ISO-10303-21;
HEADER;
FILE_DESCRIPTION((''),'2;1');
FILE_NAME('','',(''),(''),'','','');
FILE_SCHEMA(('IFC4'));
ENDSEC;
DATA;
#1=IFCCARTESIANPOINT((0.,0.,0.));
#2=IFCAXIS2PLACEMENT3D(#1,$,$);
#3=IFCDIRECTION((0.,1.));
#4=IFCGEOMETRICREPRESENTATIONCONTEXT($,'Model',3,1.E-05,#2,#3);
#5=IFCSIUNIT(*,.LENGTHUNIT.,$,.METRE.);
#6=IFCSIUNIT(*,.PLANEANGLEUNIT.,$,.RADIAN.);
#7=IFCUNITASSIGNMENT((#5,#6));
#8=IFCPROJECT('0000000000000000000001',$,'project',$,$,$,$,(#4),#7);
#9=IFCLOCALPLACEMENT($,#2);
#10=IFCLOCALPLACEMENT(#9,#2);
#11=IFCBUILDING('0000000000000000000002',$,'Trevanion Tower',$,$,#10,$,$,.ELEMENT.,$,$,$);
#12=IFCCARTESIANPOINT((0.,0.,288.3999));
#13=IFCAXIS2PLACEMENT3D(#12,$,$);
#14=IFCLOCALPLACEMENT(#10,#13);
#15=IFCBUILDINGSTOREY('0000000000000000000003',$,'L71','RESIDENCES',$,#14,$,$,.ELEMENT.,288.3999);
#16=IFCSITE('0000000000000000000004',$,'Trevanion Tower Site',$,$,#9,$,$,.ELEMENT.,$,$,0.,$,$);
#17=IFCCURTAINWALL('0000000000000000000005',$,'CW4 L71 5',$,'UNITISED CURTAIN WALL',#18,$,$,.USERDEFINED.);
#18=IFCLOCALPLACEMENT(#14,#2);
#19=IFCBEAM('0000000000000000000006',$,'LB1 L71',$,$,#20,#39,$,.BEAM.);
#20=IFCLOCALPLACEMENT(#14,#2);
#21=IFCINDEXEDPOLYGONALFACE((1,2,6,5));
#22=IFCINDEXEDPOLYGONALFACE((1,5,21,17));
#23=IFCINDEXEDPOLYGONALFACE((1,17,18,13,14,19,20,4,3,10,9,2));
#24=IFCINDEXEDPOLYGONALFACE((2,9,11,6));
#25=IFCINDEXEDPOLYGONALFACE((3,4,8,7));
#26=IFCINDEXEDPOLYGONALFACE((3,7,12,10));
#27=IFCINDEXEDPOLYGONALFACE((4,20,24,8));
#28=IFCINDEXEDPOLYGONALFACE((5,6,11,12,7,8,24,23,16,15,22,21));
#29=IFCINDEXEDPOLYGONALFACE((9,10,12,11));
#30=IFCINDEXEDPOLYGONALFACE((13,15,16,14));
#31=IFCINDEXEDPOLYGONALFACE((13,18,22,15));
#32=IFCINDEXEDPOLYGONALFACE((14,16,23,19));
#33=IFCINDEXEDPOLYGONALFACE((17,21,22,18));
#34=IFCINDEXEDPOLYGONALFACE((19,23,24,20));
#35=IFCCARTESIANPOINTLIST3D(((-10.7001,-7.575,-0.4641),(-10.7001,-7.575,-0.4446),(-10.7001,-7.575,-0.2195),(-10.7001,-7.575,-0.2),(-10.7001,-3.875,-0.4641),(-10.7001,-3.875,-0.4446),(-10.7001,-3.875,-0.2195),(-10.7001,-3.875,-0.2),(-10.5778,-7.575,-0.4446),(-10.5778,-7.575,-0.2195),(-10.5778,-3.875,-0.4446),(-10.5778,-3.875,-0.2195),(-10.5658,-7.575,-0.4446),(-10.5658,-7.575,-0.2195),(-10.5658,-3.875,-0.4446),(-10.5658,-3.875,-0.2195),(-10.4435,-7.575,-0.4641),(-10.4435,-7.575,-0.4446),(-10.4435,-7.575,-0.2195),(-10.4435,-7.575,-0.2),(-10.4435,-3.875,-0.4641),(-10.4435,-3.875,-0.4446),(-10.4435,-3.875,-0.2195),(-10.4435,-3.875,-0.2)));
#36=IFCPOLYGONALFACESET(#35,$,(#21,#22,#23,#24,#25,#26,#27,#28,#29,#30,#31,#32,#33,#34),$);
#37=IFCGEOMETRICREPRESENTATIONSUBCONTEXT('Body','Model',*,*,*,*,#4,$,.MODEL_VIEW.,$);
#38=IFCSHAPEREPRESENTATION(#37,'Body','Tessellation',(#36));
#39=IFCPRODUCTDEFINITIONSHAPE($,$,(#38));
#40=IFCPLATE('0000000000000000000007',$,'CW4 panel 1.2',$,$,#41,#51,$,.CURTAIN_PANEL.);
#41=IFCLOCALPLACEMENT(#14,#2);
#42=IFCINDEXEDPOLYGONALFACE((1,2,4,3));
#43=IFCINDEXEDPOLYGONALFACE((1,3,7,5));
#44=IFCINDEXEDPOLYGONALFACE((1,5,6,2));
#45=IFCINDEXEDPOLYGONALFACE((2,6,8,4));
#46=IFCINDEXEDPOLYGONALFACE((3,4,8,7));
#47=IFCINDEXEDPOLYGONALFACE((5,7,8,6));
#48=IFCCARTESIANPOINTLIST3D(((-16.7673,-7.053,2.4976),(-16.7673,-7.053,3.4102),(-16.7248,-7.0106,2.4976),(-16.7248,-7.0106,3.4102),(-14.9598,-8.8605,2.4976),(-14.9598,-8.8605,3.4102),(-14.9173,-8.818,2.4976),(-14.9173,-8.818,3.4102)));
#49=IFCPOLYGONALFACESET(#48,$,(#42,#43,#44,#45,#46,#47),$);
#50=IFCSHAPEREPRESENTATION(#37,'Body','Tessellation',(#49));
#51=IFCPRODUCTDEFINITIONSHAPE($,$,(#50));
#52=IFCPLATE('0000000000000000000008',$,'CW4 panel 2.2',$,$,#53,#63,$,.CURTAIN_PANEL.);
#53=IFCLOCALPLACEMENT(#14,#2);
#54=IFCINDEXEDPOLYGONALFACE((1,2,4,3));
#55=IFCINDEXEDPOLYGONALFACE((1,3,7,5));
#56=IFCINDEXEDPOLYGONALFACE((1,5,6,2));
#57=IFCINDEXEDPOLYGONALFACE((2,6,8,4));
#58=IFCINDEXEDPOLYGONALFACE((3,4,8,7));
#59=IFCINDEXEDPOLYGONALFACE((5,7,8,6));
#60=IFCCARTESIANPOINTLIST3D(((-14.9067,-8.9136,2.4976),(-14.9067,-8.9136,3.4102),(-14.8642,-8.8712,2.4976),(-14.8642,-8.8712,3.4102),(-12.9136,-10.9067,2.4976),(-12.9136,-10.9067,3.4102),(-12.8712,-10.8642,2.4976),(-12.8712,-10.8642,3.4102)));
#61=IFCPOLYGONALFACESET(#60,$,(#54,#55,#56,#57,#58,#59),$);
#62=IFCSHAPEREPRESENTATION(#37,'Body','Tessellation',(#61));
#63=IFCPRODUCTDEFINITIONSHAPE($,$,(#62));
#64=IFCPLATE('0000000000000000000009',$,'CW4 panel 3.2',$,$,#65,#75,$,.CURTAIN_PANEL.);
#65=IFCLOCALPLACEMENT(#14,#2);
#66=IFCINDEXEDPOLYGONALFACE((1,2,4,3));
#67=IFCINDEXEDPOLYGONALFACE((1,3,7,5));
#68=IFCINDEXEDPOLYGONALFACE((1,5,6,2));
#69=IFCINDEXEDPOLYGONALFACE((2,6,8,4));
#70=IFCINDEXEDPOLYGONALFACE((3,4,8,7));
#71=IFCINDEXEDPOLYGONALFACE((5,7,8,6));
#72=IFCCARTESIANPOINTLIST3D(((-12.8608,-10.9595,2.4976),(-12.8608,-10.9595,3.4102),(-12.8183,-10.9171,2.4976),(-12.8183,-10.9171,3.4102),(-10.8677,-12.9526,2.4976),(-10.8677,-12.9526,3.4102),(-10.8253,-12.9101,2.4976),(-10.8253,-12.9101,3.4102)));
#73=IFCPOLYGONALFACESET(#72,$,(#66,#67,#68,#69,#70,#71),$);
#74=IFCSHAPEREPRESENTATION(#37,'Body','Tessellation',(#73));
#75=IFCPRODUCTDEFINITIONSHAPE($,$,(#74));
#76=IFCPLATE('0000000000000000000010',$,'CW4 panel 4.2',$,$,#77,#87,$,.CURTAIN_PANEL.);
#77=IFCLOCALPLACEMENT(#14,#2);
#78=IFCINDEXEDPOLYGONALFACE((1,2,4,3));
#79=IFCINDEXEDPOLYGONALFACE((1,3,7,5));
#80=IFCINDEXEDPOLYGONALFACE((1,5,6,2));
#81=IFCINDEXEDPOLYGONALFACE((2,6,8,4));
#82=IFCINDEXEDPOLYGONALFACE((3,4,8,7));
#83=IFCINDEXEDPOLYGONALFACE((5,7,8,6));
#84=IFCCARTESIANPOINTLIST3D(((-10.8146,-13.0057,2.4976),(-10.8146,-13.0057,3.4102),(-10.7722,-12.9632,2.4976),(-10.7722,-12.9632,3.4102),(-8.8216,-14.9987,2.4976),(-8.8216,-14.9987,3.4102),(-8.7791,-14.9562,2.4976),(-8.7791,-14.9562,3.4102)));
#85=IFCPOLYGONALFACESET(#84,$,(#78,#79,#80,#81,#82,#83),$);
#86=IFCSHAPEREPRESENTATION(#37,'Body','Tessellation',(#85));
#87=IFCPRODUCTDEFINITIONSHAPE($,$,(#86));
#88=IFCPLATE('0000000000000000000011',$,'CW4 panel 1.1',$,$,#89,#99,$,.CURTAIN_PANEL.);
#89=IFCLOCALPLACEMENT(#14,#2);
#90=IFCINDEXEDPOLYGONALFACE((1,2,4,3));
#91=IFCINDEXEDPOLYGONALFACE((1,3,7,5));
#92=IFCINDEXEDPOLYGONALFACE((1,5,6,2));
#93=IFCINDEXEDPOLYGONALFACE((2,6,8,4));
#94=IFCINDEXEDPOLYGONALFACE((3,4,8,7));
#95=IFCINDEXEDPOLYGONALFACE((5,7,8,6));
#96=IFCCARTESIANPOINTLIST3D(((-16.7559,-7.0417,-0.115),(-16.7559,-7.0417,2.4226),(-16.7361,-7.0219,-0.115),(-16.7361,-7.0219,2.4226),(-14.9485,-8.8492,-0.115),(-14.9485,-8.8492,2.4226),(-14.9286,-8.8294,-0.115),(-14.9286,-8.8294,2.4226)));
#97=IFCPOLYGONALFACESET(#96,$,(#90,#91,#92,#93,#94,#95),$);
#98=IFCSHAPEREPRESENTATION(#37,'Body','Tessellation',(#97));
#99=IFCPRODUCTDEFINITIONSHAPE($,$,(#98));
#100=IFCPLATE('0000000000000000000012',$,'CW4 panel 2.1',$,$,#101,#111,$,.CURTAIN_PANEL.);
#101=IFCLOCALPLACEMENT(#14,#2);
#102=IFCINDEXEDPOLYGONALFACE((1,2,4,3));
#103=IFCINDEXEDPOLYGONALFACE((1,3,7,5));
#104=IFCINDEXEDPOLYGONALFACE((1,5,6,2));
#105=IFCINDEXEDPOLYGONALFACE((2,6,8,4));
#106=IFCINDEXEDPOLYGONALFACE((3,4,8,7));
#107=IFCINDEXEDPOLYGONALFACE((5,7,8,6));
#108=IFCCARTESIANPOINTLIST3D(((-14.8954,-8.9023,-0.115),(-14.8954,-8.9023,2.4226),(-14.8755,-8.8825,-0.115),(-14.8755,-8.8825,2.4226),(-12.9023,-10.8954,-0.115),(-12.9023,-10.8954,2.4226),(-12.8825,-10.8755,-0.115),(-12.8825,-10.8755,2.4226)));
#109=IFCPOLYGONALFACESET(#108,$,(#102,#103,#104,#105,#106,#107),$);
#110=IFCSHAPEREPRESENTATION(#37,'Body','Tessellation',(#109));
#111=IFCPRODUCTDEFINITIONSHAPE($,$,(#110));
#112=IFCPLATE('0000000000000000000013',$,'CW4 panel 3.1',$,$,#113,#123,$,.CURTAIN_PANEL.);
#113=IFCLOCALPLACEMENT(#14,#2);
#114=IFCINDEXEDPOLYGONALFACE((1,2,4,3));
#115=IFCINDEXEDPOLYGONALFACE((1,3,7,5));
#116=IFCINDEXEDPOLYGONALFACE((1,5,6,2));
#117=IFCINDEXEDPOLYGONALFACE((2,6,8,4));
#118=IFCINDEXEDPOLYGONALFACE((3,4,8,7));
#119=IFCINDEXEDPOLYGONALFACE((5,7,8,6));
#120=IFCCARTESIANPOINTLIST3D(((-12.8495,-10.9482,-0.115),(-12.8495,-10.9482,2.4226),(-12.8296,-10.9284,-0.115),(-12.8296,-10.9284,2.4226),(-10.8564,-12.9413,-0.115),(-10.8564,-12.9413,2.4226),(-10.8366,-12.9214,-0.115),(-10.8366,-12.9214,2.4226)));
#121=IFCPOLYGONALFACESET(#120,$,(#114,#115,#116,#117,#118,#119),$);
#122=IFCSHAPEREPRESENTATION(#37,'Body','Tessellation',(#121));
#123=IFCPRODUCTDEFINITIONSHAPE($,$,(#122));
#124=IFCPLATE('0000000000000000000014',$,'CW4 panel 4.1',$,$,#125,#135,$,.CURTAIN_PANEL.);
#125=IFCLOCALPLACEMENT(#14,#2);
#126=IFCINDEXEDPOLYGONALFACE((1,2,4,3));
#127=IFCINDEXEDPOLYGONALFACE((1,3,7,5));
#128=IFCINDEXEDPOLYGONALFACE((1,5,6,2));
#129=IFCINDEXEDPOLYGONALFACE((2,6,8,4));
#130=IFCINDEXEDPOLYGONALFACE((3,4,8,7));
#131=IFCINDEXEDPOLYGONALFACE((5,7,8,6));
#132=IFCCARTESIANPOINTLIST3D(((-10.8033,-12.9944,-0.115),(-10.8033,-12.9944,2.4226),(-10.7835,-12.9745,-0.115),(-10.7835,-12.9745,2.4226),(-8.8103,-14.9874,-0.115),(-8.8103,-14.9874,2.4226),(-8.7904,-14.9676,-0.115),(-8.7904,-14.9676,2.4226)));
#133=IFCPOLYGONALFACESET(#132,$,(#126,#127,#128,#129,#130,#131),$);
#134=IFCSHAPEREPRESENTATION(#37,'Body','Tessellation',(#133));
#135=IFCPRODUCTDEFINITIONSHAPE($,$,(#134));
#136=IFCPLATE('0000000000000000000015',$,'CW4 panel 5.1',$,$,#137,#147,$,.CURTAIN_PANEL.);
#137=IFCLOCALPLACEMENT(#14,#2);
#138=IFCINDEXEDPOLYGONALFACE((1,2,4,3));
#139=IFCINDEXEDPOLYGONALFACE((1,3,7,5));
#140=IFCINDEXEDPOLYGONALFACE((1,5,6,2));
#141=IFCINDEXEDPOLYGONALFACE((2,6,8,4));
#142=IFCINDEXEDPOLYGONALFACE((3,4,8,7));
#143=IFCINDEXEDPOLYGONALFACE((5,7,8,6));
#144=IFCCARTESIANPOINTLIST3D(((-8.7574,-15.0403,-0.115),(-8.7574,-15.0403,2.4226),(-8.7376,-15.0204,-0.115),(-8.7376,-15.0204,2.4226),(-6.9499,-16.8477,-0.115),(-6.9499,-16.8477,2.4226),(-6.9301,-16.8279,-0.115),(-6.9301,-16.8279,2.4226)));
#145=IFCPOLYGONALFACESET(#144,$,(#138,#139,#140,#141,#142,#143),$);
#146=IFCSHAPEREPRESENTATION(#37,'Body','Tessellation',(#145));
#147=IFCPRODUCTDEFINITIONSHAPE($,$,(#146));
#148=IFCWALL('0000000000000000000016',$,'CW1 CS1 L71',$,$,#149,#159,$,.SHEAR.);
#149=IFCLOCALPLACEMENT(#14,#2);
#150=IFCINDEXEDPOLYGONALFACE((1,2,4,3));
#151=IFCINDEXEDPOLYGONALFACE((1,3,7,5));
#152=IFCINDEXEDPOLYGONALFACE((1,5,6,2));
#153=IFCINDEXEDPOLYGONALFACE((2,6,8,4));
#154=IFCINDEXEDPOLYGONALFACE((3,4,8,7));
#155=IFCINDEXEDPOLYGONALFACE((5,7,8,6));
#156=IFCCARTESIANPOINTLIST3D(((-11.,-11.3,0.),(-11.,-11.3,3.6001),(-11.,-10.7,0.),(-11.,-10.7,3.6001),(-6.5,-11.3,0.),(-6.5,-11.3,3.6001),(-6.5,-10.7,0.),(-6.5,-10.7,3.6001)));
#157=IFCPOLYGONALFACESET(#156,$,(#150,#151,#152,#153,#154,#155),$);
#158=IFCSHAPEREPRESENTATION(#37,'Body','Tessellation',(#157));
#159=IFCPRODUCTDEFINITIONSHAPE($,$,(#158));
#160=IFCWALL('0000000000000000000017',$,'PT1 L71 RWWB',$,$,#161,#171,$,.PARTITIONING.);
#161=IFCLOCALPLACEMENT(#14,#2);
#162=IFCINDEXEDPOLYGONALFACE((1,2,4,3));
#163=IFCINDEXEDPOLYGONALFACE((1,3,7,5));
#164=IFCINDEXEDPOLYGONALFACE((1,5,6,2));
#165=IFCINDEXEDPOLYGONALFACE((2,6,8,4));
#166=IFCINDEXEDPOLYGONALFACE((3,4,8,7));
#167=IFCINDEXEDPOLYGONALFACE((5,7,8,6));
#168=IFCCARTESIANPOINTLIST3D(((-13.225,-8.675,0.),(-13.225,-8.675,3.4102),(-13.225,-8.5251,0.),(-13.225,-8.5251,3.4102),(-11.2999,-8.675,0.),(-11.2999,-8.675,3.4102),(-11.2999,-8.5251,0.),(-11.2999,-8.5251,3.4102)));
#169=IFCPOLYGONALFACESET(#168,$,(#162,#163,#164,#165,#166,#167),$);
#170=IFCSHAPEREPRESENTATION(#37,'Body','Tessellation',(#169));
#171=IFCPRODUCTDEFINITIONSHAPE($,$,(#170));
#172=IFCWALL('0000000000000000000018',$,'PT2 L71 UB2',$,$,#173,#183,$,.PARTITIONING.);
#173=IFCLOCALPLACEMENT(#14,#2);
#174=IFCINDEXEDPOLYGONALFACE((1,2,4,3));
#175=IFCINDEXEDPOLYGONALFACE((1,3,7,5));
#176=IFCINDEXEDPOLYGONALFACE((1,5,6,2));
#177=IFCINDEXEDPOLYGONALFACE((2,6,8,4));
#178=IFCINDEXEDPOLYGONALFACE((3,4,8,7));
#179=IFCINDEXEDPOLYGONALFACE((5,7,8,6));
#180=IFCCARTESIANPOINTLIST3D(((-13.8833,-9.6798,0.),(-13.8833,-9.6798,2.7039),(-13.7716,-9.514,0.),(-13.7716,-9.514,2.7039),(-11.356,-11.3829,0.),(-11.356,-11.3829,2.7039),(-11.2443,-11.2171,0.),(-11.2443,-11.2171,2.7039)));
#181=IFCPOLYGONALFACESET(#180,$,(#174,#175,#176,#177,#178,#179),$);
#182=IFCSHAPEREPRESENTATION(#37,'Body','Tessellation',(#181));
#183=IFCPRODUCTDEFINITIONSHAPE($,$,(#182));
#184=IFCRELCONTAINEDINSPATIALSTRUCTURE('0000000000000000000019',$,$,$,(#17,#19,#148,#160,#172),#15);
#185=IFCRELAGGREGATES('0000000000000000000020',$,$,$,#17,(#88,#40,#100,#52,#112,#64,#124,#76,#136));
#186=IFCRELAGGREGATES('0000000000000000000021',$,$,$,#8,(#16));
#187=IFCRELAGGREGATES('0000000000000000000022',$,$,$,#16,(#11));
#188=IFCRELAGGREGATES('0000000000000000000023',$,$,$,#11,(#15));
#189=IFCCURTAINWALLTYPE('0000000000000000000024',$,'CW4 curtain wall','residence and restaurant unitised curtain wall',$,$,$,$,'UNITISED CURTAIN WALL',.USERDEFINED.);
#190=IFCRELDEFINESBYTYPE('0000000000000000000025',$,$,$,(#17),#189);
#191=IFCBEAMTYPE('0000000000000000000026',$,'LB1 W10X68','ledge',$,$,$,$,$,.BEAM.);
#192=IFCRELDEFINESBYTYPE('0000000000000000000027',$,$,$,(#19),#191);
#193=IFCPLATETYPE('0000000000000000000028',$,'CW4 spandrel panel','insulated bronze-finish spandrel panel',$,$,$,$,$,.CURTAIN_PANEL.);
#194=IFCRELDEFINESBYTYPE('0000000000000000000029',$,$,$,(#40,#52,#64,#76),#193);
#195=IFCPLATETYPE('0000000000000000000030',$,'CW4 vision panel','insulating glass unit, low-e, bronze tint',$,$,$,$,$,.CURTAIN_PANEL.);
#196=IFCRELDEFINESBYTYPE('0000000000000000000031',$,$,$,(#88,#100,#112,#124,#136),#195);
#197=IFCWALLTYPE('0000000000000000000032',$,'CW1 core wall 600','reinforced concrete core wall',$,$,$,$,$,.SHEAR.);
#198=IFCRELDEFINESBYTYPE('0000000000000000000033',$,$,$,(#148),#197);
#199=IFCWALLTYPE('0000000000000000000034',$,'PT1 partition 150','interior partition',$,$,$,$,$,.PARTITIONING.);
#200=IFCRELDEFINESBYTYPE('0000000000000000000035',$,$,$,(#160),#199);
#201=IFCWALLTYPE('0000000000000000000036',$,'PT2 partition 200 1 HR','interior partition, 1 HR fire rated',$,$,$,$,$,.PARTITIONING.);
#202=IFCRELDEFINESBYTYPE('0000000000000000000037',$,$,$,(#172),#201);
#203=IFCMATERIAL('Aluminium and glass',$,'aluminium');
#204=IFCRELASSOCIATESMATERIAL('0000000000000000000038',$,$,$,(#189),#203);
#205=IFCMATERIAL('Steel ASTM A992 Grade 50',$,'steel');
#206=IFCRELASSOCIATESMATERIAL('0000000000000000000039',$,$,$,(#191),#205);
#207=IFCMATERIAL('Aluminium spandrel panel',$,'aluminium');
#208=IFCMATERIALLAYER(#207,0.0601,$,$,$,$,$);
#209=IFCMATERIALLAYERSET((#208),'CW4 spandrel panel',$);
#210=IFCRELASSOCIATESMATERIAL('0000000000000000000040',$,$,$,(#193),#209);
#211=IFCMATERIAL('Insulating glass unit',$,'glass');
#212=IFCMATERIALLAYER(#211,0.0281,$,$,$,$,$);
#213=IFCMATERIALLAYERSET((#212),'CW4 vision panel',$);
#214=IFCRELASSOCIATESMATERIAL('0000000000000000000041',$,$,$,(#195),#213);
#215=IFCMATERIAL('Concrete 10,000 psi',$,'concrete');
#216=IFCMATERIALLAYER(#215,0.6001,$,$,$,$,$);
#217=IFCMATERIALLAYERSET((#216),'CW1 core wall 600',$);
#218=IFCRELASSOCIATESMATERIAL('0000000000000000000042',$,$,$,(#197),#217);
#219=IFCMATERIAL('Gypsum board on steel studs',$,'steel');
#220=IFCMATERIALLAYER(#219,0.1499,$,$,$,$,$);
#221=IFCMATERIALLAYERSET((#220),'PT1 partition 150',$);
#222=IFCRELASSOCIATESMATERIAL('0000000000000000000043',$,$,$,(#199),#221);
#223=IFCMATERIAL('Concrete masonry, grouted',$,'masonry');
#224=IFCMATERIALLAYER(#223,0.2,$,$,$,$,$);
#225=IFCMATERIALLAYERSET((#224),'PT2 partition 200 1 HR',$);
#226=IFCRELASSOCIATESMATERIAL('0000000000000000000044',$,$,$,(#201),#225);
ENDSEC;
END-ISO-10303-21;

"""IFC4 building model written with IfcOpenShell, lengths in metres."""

from ifc_helpers import new_model, si_unit, direction, frame, frame_2d, origin, origin_2d, place, context, subcontext, project, spatial, rectangle, i_section, extrude, material, layer, layer_set, material_profile, profile_set, type_object, element, aggregate, save


model = new_model("IFC4")

# Units and contexts
model_context = context("Model", 3, precision=1e-05, world=origin(), true_north=direction((0.0, 1.0)))
body_context = subcontext(model_context, "Body", "Model", "MODEL_VIEW")
ifc_project = project(units=[si_unit("LENGTHUNIT", "METRE"), si_unit("PLANEANGLEUNIT", "RADIAN")], contexts=[model_context])

# Site, building, storey
site_placement = place(None, origin())
site = spatial("IfcSite", under=ifc_project, at=site_placement, Name="Trevanion Tower Site", CompositionType="ELEMENT", RefElevation=0.0)
building_placement = place(site_placement, origin())
building = spatial("IfcBuilding", under=site, at=building_placement, Name="Trevanion Tower", CompositionType="ELEMENT")
storey_placement = place(building_placement, frame((0.0, 0.0, 288.3999)))
storey = spatial("IfcBuildingStorey", under=building, at=storey_placement, Name="L71", Description="RESIDENCES", CompositionType="ELEMENT", Elevation=288.3999)

# Curtain wall
ifc_material_1 = material(Name="Aluminium and glass", Category="aluminium")
curtain_wall_type = type_object("IfcCurtainWallType", Name="CW4 curtain wall", Description="residence and restaurant unitised curtain wall", ElementType="UNITISED CURTAIN WALL", PredefinedType="USERDEFINED", material=ifc_material_1)
curtain_wall_placement = place(storey_placement, origin())
curtain_wall = element("IfcCurtainWall", 1, at=curtain_wall_placement, inside=storey, type_object=curtain_wall_type, Name="CW4 L71 5", ObjectType="UNITISED CURTAIN WALL", PredefinedType="USERDEFINED")

# Beam
ifc_material_2 = material(Name="Steel ASTM A992 Grade 50", Category="steel")
ifc_material_profile_1 = material_profile(ifc_material_2, i_section(OverallWidth=0.2566, OverallDepth=0.2642, WebThickness=0.012, FlangeThickness=0.0195, at=origin_2d()), Name="W10X68")
ifc_profile_set_1 = profile_set([ifc_material_profile_1], Name="Steel ASTM A992 Grade 50")
beam_type = type_object("IfcBeamType", Name="LB1 W10X68", Description="ledge", PredefinedType="BEAM", material=ifc_profile_set_1)
beam_placement = place(storey_placement, frame((-10.5718, -7.575, -0.332), z_axis=(0.0, 1.0, 0.0), x_axis=(-1.0, 0.0, 0.0)))
element("IfcBeam", 2, at=beam_placement, inside=storey, type_object=beam_type, Name="LB1 L71", PredefinedType="BEAM", context=body_context, shape_type="SweptSolid", body=[
    extrude(i_section(OverallWidth=0.2566, OverallDepth=0.2642, WebThickness=0.012, FlangeThickness=0.0195, at=origin_2d()), origin(), (0.0, 0.0, 1.0), 3.7),
])

# Plates
ifc_material_3 = material(Name="Aluminium spandrel panel", Category="aluminium")
ifc_layer_1 = layer(ifc_material_3, 0.0601)
ifc_layer_set_1 = layer_set([ifc_layer_1], Name="CW4 spandrel panel")
plate_type_1 = type_object("IfcPlateType", Name="CW4 spandrel panel", Description="insulated bronze-finish spandrel panel", PredefinedType="CURTAIN_PANEL", material=ifc_layer_set_1)
plate_1_placement = place(storey_placement, frame((-15.8423, -7.9355, 2.4976), z_axis=(0.0, 0.0, 1.0), x_axis=(0.707107, -0.707107, 0.0)))
plate_1 = element("IfcPlate", 3, at=plate_1_placement, type_object=plate_type_1, Name="CW4 panel 1.2", PredefinedType="CURTAIN_PANEL", context=body_context, shape_type="SweptSolid", body=[
    extrude(rectangle(XDim=2.5562, YDim=0.0601, at=origin_2d()), origin(), (0.0, 0.0, 1.0), 0.9126),
])
plate_2_placement = place(storey_placement, frame((-13.8889, -9.8889, 2.4976), z_axis=(0.0, 0.0, 1.0), x_axis=(0.707107, -0.707107, 0.0)))
plate_2 = element("IfcPlate", 4, at=plate_2_placement, type_object=plate_type_1, Name="CW4 panel 2.2", PredefinedType="CURTAIN_PANEL", context=body_context, shape_type="SweptSolid", body=[
    extrude(rectangle(XDim=2.8186, YDim=0.0601, at=origin_2d()), origin(), (0.0, 0.0, 1.0), 0.9126),
])
plate_3_placement = place(storey_placement, frame((-11.843, -11.9348, 2.4976), z_axis=(0.0, 0.0, 1.0), x_axis=(0.707107, -0.707107, 0.0)))
plate_3 = element("IfcPlate", 5, at=plate_3_placement, type_object=plate_type_1, Name="CW4 panel 3.2", PredefinedType="CURTAIN_PANEL", context=body_context, shape_type="SweptSolid", body=[
    extrude(rectangle(XDim=2.8186, YDim=0.0601, at=origin_2d()), origin(), (0.0, 0.0, 1.0), 0.9126),
])
plate_4_placement = place(storey_placement, frame((-9.7969, -13.981, 2.4976), z_axis=(0.0, 0.0, 1.0), x_axis=(0.707107, -0.707107, 0.0)))
plate_4 = element("IfcPlate", 6, at=plate_4_placement, type_object=plate_type_1, Name="CW4 panel 4.2", PredefinedType="CURTAIN_PANEL", context=body_context, shape_type="SweptSolid", body=[
    extrude(rectangle(XDim=2.8186, YDim=0.0601, at=origin_2d()), origin(), (0.0, 0.0, 1.0), 0.9126),
])
ifc_material_4 = material(Name="Insulating glass unit", Category="glass")
ifc_layer_2 = layer(ifc_material_4, 0.0281)
ifc_layer_set_2 = layer_set([ifc_layer_2], Name="CW4 vision panel")
plate_type_2 = type_object("IfcPlateType", Name="CW4 vision panel", Description="insulating glass unit, low-e, bronze tint", PredefinedType="CURTAIN_PANEL", material=ifc_layer_set_2)
plate_5_placement = place(storey_placement, frame((-15.8423, -7.9355, -0.115), z_axis=(0.0, 0.0, 1.0), x_axis=(0.707107, -0.707107, 0.0)))
plate_5 = element("IfcPlate", 7, at=plate_5_placement, type_object=plate_type_2, Name="CW4 panel 1.1", PredefinedType="CURTAIN_PANEL", context=body_context, shape_type="SweptSolid", body=[
    extrude(rectangle(XDim=2.5562, YDim=0.0281, at=origin_2d()), origin(), (0.0, 0.0, 1.0), 2.5376),
])
plate_6_placement = place(storey_placement, frame((-13.8889, -9.8889, -0.115), z_axis=(0.0, 0.0, 1.0), x_axis=(0.707107, -0.707107, 0.0)))
plate_6 = element("IfcPlate", 8, at=plate_6_placement, type_object=plate_type_2, Name="CW4 panel 2.1", PredefinedType="CURTAIN_PANEL", context=body_context, shape_type="SweptSolid", body=[
    extrude(rectangle(XDim=2.8186, YDim=0.0281, at=origin_2d()), origin(), (0.0, 0.0, 1.0), 2.5376),
])
plate_7_placement = place(storey_placement, frame((-11.843, -11.9348, -0.115), z_axis=(0.0, 0.0, 1.0), x_axis=(0.707107, -0.707107, 0.0)))
plate_7 = element("IfcPlate", 9, at=plate_7_placement, type_object=plate_type_2, Name="CW4 panel 3.1", PredefinedType="CURTAIN_PANEL", context=body_context, shape_type="SweptSolid", body=[
    extrude(rectangle(XDim=2.8186, YDim=0.0281, at=origin_2d()), origin(), (0.0, 0.0, 1.0), 2.5376),
])
plate_8_placement = place(storey_placement, frame((-9.7969, -13.981, -0.115), z_axis=(0.0, 0.0, 1.0), x_axis=(0.707107, -0.707107, 0.0)))
plate_8 = element("IfcPlate", 10, at=plate_8_placement, type_object=plate_type_2, Name="CW4 panel 4.1", PredefinedType="CURTAIN_PANEL", context=body_context, shape_type="SweptSolid", body=[
    extrude(rectangle(XDim=2.8186, YDim=0.0281, at=origin_2d()), origin(), (0.0, 0.0, 1.0), 2.5376),
])
plate_9_placement = place(storey_placement, frame((-7.8438, -15.9341, -0.115), z_axis=(0.0, 0.0, 1.0), x_axis=(0.707107, -0.707107, 0.0)))
plate_9 = element("IfcPlate", 11, at=plate_9_placement, type_object=plate_type_2, Name="CW4 panel 5.1", PredefinedType="CURTAIN_PANEL", context=body_context, shape_type="SweptSolid", body=[
    extrude(rectangle(XDim=2.5562, YDim=0.0281, at=origin_2d()), origin(), (0.0, 0.0, 1.0), 2.5376),
])
aggregate(curtain_wall, [plate_5, plate_1, plate_6, plate_2, plate_7, plate_3, plate_8, plate_4, plate_9])

# Walls
ifc_material_5 = material(Name="Concrete 10,000 psi", Category="concrete")
ifc_layer_3 = layer(ifc_material_5, 0.6001)
ifc_layer_set_3 = layer_set([ifc_layer_3], Name="CW1 core wall 600")
wall_type_1 = type_object("IfcWallType", Name="CW1 core wall 600", Description="reinforced concrete core wall", PredefinedType="SHEAR", material=ifc_layer_set_3)
wall_1_placement = place(storey_placement, frame((-11.0, -11.0, 0.0), z_axis=(0.0, 0.0, 1.0), x_axis=(1.0, 0.0, 0.0)))
element("IfcWall", 12, at=wall_1_placement, inside=storey, type_object=wall_type_1, Name="CW1 CS1 L71", PredefinedType="SHEAR", context=body_context, shape_type="SweptSolid", body=[
    extrude(rectangle(XDim=4.5, YDim=0.6001, at=frame_2d((2.25, 0.0))), origin(), (0.0, 0.0, 1.0), 3.6001),
])
ifc_material_6 = material(Name="Gypsum board on steel studs", Category="steel")
ifc_layer_4 = layer(ifc_material_6, 0.1499)
ifc_layer_set_4 = layer_set([ifc_layer_4], Name="PT1 partition 150")
wall_type_2 = type_object("IfcWallType", Name="PT1 partition 150", Description="interior partition", PredefinedType="PARTITIONING", material=ifc_layer_set_4)
wall_2_placement = place(storey_placement, frame((-11.3, -8.6001, 0.0), z_axis=(0.0, 0.0, 1.0), x_axis=(-1.0, 0.0, 0.0)))
element("IfcWall", 13, at=wall_2_placement, inside=storey, type_object=wall_type_2, Name="PT1 L71 RWWB", PredefinedType="PARTITIONING", context=body_context, shape_type="SweptSolid", body=[
    extrude(rectangle(XDim=1.925, YDim=0.1499, at=frame_2d((0.9624, 0.0))), origin(), (0.0, 0.0, 1.0), 3.4102),
])
ifc_material_7 = material(Name="Concrete masonry, grouted", Category="masonry")
ifc_layer_5 = layer(ifc_material_7, 0.2)
ifc_layer_set_5 = layer_set([ifc_layer_5], Name="PT2 partition 200 1 HR")
wall_type_3 = type_object("IfcWallType", Name="PT2 partition 200 1 HR", Description="interior partition, 1 HR fire rated", PredefinedType="PARTITIONING", material=ifc_layer_set_5)
wall_3_placement = place(storey_placement, frame((-11.3, -11.3, 0.0), z_axis=(0.0, 0.0, 1.0), x_axis=(-0.829279, 0.558834, 0.0)))
element("IfcWall", 14, at=wall_3_placement, inside=storey, type_object=wall_type_3, Name="PT2 L71 UB2", PredefinedType="PARTITIONING", context=body_context, shape_type="SweptSolid", body=[
    extrude(rectangle(XDim=3.0476, YDim=0.2, at=frame_2d((1.5239, 0.0))), origin(), (0.0, 0.0, 1.0), 2.7039),
])

save(model, "model.ifc")
